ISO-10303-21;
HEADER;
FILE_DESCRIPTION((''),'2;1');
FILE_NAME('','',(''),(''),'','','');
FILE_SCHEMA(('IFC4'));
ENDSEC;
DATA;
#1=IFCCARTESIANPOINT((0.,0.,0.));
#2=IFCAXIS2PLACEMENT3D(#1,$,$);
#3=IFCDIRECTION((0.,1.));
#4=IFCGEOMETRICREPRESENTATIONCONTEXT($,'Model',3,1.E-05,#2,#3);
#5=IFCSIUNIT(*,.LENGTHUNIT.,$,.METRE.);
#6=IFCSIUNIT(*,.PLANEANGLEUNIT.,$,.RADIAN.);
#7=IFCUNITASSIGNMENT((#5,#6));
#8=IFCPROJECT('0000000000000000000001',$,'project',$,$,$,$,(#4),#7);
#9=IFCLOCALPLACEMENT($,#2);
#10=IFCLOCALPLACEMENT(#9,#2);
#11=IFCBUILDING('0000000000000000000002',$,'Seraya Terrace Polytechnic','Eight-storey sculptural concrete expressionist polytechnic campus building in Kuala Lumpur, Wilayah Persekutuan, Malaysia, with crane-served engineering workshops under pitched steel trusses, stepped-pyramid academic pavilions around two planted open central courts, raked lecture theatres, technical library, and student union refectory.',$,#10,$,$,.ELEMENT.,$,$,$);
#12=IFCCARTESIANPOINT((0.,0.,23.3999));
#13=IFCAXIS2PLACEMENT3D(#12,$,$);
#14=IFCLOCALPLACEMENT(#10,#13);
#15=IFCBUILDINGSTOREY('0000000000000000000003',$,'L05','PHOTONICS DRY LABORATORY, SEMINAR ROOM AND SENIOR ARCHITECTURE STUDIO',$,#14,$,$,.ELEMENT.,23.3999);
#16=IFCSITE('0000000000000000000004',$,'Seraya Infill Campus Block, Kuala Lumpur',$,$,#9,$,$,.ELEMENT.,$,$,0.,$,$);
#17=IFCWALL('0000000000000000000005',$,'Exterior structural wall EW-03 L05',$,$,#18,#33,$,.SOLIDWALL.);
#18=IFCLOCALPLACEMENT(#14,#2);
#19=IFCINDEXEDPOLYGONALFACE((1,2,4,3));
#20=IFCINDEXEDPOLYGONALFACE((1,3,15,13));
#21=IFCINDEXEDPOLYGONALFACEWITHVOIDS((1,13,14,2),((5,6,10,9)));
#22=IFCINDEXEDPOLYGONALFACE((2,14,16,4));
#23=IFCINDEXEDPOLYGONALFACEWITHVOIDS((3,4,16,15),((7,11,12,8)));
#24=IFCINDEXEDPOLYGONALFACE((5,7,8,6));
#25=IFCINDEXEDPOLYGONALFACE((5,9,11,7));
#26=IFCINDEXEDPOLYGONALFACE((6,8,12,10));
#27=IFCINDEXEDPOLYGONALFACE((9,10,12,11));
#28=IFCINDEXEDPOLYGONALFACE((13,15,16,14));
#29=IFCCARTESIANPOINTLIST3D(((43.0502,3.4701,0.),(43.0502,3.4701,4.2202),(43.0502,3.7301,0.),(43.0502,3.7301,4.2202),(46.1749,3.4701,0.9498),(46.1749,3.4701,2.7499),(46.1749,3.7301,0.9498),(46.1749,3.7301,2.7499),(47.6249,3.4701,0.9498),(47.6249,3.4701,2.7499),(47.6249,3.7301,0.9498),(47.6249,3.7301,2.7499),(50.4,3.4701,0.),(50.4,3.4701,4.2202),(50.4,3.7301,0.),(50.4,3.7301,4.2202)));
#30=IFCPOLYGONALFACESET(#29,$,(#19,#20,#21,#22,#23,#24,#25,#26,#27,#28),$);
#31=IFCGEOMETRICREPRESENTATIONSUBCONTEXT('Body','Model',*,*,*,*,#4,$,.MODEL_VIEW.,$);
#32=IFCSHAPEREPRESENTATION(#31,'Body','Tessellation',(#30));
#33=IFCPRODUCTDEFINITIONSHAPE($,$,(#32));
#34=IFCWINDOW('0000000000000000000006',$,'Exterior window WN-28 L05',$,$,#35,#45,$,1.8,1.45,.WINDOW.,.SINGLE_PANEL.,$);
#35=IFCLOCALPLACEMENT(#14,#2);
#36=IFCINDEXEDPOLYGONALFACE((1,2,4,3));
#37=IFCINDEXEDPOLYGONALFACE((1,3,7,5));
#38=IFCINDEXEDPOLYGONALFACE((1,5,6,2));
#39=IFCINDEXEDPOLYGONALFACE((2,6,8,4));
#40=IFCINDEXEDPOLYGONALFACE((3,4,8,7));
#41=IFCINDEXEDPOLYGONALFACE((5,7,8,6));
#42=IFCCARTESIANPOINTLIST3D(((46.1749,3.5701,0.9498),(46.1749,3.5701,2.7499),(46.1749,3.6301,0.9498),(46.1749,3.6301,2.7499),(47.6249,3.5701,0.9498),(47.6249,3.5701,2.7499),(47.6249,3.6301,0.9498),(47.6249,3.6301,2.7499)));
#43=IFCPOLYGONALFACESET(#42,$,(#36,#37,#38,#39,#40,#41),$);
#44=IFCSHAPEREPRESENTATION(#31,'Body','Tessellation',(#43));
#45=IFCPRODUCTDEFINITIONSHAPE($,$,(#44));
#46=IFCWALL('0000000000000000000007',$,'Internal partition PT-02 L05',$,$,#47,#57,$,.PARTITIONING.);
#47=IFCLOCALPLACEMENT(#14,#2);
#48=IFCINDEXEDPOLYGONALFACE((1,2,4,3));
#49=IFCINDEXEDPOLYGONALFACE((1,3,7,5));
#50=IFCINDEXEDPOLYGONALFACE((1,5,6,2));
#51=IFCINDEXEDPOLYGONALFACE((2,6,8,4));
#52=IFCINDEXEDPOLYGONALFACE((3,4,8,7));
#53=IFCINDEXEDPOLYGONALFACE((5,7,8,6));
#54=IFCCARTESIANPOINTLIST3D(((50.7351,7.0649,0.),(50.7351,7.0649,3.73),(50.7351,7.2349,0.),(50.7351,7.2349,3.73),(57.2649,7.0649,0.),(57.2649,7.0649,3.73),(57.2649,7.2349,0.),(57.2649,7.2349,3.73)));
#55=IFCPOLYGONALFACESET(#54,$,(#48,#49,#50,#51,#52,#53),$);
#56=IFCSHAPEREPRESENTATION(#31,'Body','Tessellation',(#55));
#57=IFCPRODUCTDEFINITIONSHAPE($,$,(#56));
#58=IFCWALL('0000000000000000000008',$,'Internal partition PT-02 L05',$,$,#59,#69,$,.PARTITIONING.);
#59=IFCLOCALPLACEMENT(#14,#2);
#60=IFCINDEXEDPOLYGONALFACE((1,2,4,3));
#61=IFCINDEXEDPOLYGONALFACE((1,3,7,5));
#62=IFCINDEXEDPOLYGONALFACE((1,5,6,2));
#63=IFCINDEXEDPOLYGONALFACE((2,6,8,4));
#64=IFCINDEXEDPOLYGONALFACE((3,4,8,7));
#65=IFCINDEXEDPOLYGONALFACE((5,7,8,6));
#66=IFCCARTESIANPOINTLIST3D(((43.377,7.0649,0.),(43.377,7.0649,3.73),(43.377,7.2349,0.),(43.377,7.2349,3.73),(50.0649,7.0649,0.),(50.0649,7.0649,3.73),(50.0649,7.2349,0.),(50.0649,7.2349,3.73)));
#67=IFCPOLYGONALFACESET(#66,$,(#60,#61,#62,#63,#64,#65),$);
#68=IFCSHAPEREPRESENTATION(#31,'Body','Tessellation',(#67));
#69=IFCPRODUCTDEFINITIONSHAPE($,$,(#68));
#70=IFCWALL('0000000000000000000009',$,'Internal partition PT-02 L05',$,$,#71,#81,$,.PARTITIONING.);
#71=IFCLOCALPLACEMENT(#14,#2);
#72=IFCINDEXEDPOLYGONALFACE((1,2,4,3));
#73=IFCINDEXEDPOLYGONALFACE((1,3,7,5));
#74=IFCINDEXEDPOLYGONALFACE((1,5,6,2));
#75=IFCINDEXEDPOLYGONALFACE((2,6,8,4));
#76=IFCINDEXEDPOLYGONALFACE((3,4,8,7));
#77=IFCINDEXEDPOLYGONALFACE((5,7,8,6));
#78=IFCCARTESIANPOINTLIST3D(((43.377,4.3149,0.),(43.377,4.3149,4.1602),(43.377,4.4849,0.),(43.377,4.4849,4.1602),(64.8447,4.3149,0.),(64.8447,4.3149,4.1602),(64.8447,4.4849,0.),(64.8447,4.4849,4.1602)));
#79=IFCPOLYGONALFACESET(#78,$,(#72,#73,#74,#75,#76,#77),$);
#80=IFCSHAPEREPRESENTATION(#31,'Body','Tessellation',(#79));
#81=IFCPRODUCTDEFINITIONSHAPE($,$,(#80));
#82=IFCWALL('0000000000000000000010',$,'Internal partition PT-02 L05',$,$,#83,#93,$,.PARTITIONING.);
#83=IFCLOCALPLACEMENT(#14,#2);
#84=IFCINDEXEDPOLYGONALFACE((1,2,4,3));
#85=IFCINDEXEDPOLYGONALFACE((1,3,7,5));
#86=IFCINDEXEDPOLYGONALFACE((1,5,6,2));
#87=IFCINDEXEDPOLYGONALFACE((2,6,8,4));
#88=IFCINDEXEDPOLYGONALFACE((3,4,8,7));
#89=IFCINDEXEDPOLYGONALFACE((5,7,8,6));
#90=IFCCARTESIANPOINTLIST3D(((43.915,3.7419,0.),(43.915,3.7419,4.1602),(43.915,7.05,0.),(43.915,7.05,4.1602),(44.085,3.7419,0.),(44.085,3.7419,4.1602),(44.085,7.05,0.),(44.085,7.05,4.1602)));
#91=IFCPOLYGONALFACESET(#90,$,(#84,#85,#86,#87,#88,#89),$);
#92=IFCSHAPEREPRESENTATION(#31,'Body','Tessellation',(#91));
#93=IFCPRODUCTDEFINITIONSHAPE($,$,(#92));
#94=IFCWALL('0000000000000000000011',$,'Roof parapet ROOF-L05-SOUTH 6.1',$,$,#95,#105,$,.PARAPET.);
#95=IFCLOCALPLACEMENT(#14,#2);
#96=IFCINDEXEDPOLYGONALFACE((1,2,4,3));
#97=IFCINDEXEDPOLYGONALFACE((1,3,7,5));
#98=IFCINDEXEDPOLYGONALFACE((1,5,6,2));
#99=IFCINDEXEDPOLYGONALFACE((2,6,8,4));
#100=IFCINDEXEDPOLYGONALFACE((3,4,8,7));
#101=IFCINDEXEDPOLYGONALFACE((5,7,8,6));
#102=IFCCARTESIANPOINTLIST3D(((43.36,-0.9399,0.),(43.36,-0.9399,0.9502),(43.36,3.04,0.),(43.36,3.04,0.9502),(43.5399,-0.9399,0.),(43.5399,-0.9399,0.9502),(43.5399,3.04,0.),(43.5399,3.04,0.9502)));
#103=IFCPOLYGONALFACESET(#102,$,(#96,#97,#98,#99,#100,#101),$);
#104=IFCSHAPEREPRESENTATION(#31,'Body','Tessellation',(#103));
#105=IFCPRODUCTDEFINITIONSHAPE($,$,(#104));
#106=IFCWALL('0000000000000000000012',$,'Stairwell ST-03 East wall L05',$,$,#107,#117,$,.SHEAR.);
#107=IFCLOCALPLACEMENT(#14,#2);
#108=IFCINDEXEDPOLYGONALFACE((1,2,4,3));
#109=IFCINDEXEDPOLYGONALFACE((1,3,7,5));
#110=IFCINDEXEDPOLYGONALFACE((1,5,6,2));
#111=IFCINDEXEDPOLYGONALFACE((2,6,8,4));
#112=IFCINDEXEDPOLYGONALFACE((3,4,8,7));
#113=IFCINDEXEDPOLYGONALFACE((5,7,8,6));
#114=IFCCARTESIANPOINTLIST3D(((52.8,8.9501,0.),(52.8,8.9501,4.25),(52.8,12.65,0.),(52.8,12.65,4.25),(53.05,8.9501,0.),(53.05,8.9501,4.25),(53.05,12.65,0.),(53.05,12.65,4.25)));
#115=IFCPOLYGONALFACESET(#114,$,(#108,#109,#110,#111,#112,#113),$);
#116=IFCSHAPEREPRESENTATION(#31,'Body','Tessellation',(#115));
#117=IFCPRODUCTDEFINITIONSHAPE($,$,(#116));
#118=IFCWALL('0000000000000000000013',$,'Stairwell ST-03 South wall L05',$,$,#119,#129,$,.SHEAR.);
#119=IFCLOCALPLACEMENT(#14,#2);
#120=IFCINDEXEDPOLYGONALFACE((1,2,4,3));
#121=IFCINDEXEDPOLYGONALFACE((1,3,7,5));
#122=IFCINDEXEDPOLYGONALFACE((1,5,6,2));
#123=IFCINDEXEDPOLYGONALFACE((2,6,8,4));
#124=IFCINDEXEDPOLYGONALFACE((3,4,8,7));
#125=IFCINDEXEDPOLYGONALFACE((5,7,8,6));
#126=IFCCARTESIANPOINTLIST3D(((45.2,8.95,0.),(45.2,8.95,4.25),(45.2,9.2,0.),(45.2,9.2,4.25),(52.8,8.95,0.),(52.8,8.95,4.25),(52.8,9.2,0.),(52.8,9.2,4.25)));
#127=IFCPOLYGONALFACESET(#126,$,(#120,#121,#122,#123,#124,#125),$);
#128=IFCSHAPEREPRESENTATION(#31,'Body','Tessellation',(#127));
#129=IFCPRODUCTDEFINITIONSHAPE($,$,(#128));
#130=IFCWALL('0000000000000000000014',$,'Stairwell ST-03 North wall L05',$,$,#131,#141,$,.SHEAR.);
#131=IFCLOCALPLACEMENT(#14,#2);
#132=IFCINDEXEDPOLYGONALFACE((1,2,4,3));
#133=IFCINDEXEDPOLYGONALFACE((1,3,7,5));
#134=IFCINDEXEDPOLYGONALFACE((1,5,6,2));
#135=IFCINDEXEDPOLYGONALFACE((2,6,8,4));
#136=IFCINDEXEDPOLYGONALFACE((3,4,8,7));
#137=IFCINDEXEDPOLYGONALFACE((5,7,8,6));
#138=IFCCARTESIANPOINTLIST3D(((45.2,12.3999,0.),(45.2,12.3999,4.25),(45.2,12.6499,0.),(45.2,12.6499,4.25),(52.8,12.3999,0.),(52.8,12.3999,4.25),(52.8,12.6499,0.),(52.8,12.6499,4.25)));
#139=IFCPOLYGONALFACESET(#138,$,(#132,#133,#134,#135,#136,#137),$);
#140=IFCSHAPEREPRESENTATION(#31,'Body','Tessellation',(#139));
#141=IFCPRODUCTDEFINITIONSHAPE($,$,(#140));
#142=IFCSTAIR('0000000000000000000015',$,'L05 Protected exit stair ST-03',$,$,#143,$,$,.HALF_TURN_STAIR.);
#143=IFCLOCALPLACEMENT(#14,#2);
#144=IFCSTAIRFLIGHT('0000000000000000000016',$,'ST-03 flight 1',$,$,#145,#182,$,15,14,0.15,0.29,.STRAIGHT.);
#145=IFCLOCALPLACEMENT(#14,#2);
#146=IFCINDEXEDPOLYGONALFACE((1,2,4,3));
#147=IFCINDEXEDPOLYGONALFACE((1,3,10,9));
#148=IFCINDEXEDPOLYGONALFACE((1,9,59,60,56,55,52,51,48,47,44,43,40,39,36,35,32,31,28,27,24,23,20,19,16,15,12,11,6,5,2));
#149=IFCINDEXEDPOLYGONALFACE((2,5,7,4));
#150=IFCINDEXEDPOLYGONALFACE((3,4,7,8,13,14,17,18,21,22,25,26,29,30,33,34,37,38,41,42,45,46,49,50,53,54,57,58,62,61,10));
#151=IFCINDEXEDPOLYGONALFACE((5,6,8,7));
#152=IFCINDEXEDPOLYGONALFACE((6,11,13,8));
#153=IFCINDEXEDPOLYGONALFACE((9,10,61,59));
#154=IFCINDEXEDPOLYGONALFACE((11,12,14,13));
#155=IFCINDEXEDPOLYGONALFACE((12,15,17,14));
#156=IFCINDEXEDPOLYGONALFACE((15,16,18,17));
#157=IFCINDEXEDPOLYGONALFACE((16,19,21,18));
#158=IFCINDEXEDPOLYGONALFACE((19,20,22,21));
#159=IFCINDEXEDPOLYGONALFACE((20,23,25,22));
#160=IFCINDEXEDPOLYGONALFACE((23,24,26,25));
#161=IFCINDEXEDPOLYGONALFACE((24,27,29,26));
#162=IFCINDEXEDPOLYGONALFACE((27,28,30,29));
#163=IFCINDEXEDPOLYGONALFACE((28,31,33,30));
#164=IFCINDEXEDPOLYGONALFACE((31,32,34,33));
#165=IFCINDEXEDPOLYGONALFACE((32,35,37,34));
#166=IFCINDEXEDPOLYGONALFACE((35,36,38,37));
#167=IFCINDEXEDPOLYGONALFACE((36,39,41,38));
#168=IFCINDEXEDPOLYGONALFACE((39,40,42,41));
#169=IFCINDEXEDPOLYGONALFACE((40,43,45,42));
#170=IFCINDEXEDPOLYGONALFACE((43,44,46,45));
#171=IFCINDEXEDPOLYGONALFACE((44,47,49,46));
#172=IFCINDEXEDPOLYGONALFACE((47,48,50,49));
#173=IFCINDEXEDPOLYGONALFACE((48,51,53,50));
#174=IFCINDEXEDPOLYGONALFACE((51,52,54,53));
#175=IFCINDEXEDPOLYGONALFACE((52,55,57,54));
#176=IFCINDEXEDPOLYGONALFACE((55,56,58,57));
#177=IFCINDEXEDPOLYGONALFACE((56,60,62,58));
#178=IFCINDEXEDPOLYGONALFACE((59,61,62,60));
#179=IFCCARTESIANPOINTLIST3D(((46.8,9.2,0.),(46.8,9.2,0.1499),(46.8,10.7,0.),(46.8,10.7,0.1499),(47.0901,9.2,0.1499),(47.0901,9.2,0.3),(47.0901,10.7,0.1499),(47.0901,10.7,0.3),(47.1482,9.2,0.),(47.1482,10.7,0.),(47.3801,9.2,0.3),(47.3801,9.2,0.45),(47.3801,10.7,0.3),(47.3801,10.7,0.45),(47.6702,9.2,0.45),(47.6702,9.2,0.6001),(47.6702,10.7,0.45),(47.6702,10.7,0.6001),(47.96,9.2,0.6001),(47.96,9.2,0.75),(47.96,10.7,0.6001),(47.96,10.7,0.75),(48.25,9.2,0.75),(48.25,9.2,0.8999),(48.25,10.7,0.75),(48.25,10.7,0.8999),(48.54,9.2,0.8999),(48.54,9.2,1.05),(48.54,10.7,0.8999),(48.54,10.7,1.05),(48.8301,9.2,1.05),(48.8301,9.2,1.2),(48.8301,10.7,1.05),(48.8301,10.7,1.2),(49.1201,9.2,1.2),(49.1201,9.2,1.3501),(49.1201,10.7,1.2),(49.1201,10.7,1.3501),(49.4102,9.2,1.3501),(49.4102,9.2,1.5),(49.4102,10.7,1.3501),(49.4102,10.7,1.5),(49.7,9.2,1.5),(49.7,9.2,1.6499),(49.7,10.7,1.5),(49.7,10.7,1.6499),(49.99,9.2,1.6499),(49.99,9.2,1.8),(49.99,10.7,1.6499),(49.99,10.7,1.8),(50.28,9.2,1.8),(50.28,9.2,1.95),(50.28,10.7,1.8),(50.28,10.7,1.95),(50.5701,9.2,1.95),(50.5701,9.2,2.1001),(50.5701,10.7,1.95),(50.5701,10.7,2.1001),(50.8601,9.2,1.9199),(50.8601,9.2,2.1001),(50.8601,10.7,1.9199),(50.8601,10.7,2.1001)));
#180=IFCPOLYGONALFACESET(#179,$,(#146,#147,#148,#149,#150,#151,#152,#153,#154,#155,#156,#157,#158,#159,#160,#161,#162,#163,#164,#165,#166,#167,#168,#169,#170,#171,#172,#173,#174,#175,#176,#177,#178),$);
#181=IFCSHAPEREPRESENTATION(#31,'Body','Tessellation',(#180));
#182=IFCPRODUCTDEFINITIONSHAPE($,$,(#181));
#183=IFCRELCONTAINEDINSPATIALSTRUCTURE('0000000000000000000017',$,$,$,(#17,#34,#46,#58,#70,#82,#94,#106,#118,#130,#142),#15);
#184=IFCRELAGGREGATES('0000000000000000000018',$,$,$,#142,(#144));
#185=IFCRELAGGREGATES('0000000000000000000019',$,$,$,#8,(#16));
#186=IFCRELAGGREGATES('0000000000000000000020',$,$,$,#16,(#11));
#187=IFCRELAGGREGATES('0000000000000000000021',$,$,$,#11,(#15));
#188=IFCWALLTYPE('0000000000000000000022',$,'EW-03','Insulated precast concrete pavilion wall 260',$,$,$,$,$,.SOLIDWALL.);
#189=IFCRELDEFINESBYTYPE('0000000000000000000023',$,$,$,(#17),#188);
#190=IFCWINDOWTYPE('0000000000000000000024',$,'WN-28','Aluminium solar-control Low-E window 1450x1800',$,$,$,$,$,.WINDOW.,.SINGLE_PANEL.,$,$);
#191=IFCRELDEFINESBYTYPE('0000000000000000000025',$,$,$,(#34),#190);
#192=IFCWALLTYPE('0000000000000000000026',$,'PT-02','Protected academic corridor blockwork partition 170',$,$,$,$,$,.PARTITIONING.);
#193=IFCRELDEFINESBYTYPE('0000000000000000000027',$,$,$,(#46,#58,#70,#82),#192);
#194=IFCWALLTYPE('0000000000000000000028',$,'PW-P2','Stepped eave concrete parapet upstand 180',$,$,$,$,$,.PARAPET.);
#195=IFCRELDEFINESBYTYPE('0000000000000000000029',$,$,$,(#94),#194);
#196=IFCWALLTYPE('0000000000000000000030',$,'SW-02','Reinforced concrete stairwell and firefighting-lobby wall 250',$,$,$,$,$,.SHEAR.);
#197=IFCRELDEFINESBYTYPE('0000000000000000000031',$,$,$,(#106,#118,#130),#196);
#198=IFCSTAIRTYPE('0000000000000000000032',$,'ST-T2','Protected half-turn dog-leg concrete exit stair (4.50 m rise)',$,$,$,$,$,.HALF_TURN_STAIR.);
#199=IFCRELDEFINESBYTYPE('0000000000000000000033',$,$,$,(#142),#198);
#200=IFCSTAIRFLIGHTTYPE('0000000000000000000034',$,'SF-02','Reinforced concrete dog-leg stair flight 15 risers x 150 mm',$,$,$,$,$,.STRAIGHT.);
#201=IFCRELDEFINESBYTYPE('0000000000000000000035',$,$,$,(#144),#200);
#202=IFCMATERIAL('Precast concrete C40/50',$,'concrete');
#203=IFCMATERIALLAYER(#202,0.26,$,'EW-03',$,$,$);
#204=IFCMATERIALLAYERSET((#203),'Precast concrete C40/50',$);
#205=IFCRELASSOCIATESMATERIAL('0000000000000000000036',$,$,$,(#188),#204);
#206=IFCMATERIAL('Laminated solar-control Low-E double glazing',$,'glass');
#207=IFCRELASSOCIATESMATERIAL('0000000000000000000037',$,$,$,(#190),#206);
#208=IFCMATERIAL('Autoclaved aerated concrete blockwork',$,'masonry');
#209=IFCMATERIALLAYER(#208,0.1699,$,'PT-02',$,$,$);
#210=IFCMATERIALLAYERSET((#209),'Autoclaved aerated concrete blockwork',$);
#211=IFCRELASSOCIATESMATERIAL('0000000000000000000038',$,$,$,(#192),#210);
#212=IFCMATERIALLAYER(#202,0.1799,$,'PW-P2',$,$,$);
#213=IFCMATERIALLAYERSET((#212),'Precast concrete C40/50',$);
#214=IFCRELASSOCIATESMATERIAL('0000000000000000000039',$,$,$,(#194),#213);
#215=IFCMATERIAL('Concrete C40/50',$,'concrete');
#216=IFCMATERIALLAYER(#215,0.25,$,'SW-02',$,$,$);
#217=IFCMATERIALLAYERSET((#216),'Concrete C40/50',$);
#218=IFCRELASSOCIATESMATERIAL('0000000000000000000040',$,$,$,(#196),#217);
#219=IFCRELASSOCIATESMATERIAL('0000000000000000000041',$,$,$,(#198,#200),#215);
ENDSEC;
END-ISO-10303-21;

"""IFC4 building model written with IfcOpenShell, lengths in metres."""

from ifc_helpers import new_model, si_unit, direction, frame, frame_2d, origin, place, context, subcontext, project, spatial, polyline, rectangle, outline, extrude, material, layer, layer_set, type_object, element, fill, aggregate, save


model = new_model("IFC4")

# Units and contexts
model_context = context("Model", 3, precision=1e-05, world=origin(), true_north=direction((0.0, 1.0)))
body_context = subcontext(model_context, "Body", "Model", "MODEL_VIEW")
ifc_project = project(units=[si_unit("LENGTHUNIT", "METRE"), si_unit("PLANEANGLEUNIT", "RADIAN")], contexts=[model_context])

# Site, building, storey
site_placement = place(None, origin())
site = spatial("IfcSite", under=ifc_project, at=site_placement, Name="Seraya Infill Campus Block, Kuala Lumpur", CompositionType="ELEMENT", RefElevation=0.0)
building_placement = place(site_placement, origin())
building = spatial("IfcBuilding", under=site, at=building_placement, Name="Seraya Terrace Polytechnic", Description="Eight-storey sculptural concrete expressionist polytechnic campus building in Kuala Lumpur, Wilayah Persekutuan, Malaysia, with crane-served engineering workshops under pitched steel trusses, stepped-pyramid academic pavilions around two planted open central courts, raked lecture theatres, technical library, and student union refectory.", CompositionType="ELEMENT")
storey_placement = place(building_placement, frame((0.0, 0.0, 23.3999)))
storey = spatial("IfcBuildingStorey", under=building, at=storey_placement, Name="L05", Description="PHOTONICS DRY LABORATORY, SEMINAR ROOM AND SENIOR ARCHITECTURE STUDIO", CompositionType="ELEMENT", Elevation=23.3999)

# Shared definitions
ifc_material_1 = material(Name="Concrete C40/50", Category="concrete")

# Wall, opening, window
ifc_material_2 = material(Name="Precast concrete C40/50", Category="concrete")
ifc_layer_1 = layer(ifc_material_2, 0.26, Name="EW-03")
ifc_layer_set_1 = layer_set([ifc_layer_1], Name="Precast concrete C40/50")
wall_type_1 = type_object("IfcWallType", Name="EW-03", Description="Insulated precast concrete pavilion wall 260", PredefinedType="SOLIDWALL", material=ifc_layer_set_1)
ifc_material_3 = material(Name="Laminated solar-control Low-E double glazing", Category="glass")
wall_1_placement = place(storey_placement, frame((50.3999, 3.6001, 0.0), z_axis=(0.0, 0.0, 1.0), x_axis=(-1.0, 0.0, 0.0)))
wall_1 = element("IfcWall", 1, at=wall_1_placement, inside=storey, type_object=wall_type_1, Name="Exterior structural wall EW-03 L05", PredefinedType="SOLIDWALL", context=body_context, shape_type="SweptSolid", body=[
    extrude(rectangle(XDim=7.3499, YDim=0.26, at=frame_2d((3.6748, 0.0))), origin(), (0.0, 0.0, 1.0), 4.2202),
])
opening_1_placement = place(wall_1_placement, frame((2.7749, 0.0, 0.95)))
opening_1 = element("IfcOpeningElement", 2, at=opening_1_placement, cuts=wall_1, PredefinedType="OPENING", context=body_context, shape_type="SweptSolid", body=[
    extrude(rectangle(XDim=1.45, YDim=1.8, at=frame_2d((0.7251, 0.8999))), frame((0.0, 0.1421, 0.0), z_axis=(0.0, -1.0, 0.0), x_axis=(1.0, 0.0, 0.0)), (0.0, 0.0, 1.0), 0.2839),
])
window_type_1 = type_object("IfcWindowType", Name="WN-28", Description="Aluminium solar-control Low-E window 1450x1800", PartitioningType="SINGLE_PANEL", PredefinedType="WINDOW", material=ifc_material_3)
window_1_placement = place(opening_1_placement, origin())
window_1 = element("IfcWindow", 3, at=window_1_placement, inside=storey, type_object=window_type_1, Name="Exterior window WN-28 L05", OverallHeight=1.8, OverallWidth=1.45, PartitioningType="SINGLE_PANEL", PredefinedType="WINDOW", context=body_context, shape_type="SweptSolid", body=[
    extrude(rectangle(XDim=1.45, YDim=1.8, at=frame_2d((0.7251, 0.8999))), frame((0.0, 0.03, 0.0), z_axis=(0.0, -1.0, 0.0), x_axis=(1.0, 0.0, 0.0)), (0.0, 0.0, 1.0), 0.0601),
])
fill(opening_1, window_1)

# Walls
ifc_material_4 = material(Name="Autoclaved aerated concrete blockwork", Category="masonry")
ifc_layer_2 = layer(ifc_material_4, 0.1699, Name="PT-02")
ifc_layer_set_2 = layer_set([ifc_layer_2], Name="Autoclaved aerated concrete blockwork")
wall_type_2 = type_object("IfcWallType", Name="PT-02", Description="Protected academic corridor blockwork partition 170", PredefinedType="PARTITIONING", material=ifc_layer_set_2)
wall_2_placement = place(storey_placement, frame((50.7351, 7.1499, 0.0), z_axis=(0.0, 0.0, 1.0), x_axis=(1.0, 0.0, 0.0)))
element("IfcWall", 4, at=wall_2_placement, inside=storey, type_object=wall_type_2, Name="Internal partition PT-02 L05", PredefinedType="PARTITIONING", context=body_context, shape_type="SweptSolid", body=[
    extrude(rectangle(XDim=6.5298, YDim=0.1699, at=frame_2d((3.2649, 0.0))), origin(), (0.0, 0.0, 1.0), 3.73),
])
wall_3_placement = place(storey_placement, frame((43.377, 7.1499, 0.0), z_axis=(0.0, 0.0, 1.0), x_axis=(1.0, 0.0, 0.0)))
element("IfcWall", 5, at=wall_3_placement, inside=storey, type_object=wall_type_2, Name="Internal partition PT-02 L05", PredefinedType="PARTITIONING", context=body_context, shape_type="SweptSolid", body=[
    extrude(rectangle(XDim=6.688, YDim=0.1699, at=frame_2d((3.344, 0.0))), origin(), (0.0, 0.0, 1.0), 3.73),
])
wall_4_placement = place(storey_placement, frame((43.377, 4.3999, 0.0), z_axis=(0.0, 0.0, 1.0), x_axis=(1.0, 0.0, 0.0)))
element("IfcWall", 6, at=wall_4_placement, inside=storey, type_object=wall_type_2, Name="Internal partition PT-02 L05", PredefinedType="PARTITIONING", context=body_context, shape_type="SweptSolid", body=[
    extrude(rectangle(XDim=21.4678, YDim=0.1699, at=frame_2d((10.7339, 0.0))), origin(), (0.0, 0.0, 1.0), 4.1602),
])
wall_5_placement = place(storey_placement, frame((44.0, 3.7419, 0.0), z_axis=(0.0, 0.0, 1.0), x_axis=(0.0, 1.0, 0.0)))
element("IfcWall", 7, at=wall_5_placement, inside=storey, type_object=wall_type_2, Name="Internal partition PT-02 L05", PredefinedType="PARTITIONING", context=body_context, shape_type="SweptSolid", body=[
    extrude(rectangle(XDim=3.3081, YDim=0.1699, at=frame_2d((1.6541, 0.0))), origin(), (0.0, 0.0, 1.0), 4.1602),
])
ifc_layer_3 = layer(ifc_material_2, 0.1799, Name="PW-P2")
ifc_layer_set_3 = layer_set([ifc_layer_3], Name="Precast concrete C40/50")
wall_type_3 = type_object("IfcWallType", Name="PW-P2", Description="Stepped eave concrete parapet upstand 180", PredefinedType="PARAPET", material=ifc_layer_set_3)
wall_6_placement = place(storey_placement, frame((43.45, -0.9399, 0.0), z_axis=(0.0, 0.0, 1.0), x_axis=(0.0, 1.0, 0.0)))
element("IfcWall", 8, at=wall_6_placement, inside=storey, type_object=wall_type_3, Name="Roof parapet ROOF-L05-SOUTH 6.1", PredefinedType="PARAPET", context=body_context, shape_type="SweptSolid", body=[
    extrude(rectangle(XDim=3.98, YDim=0.1799, at=frame_2d((1.99, 0.0))), origin(), (0.0, 0.0, 1.0), 0.9502),
])

# Shared definitions
ifc_layer_4 = layer(ifc_material_1, 0.25, Name="SW-02")
ifc_layer_set_4 = layer_set([ifc_layer_4], Name="Concrete C40/50")
wall_type_4 = type_object("IfcWallType", Name="SW-02", Description="Reinforced concrete stairwell and firefighting-lobby wall 250", PredefinedType="SHEAR", material=ifc_layer_set_4)

# Walls
wall_7_placement = place(storey_placement, frame((52.925, 8.95, 0.0), z_axis=(0.0, 0.0, 1.0), x_axis=(0.0, 1.0, 0.0)))
element("IfcWall", 9, at=wall_7_placement, inside=storey, type_object=wall_type_4, Name="Stairwell ST-03 East wall L05", PredefinedType="SHEAR", context=body_context, shape_type="SweptSolid", body=[
    extrude(rectangle(XDim=3.7, YDim=0.25, at=frame_2d((1.8501, 0.0))), origin(), (0.0, 0.0, 1.0), 4.25),
])
for number, where, z_axis, x_axis, name in (
    (10, (45.2, 9.075, 0.0), (0.0, 0.0, 1.0), (1.0, 0.0, 0.0), "Stairwell ST-03 South wall L05"),
    (11, (45.2, 12.5249, 0.0), (0.0, 0.0, 1.0), (1.0, 0.0, 0.0), "Stairwell ST-03 North wall L05"),
):
    element("IfcWall", number, at=place(storey_placement, frame(where, z_axis=z_axis, x_axis=x_axis)), inside=storey, type_object=wall_type_4, Name=name, PredefinedType="SHEAR", context=body_context, shape_type="SweptSolid", body=[
        extrude(rectangle(XDim=7.6001, YDim=0.25, at=frame_2d((3.8, 0.0))), origin(), (0.0, 0.0, 1.0), 4.25),
    ])

# Stair, stair flight
stair_type = type_object("IfcStairType", Name="ST-T2", Description="Protected half-turn dog-leg concrete exit stair (4.50 m rise)", PredefinedType="HALF_TURN_STAIR", material=ifc_material_1)
stair_placement = place(storey_placement, origin())
stair = element("IfcStair", 12, at=stair_placement, inside=storey, type_object=stair_type, Name="L05 Protected exit stair ST-03", PredefinedType="HALF_TURN_STAIR")
stair_flight_type = type_object("IfcStairFlightType", Name="SF-02", Description="Reinforced concrete dog-leg stair flight 15 risers x 150 mm", PredefinedType="STRAIGHT", material=ifc_material_1)
stair_flight_1_placement = place(storey_placement, frame((46.8, 9.95, 0.0), z_axis=(0.0, 0.0, 1.0), x_axis=(1.0, 0.0, 0.0)))
stair_flight_1 = element("IfcStairFlight", 13, at=stair_flight_1_placement, type_object=stair_flight_type, Name="ST-03 flight 1", NumberOfRisers=15, NumberOfTreads=14, PredefinedType="STRAIGHT", RiserHeight=0.15, TreadLength=0.29, context=body_context, shape_type="SweptSolid", body=[
    extrude(outline(polyline([(0.0, 0.0), (0.0, 0.1499), (0.29, 0.1499), (0.29, 0.3), (0.5801, 0.3), (0.5801, 0.45), (0.8701, 0.45), (0.8701, 0.6001), (1.1599, 0.6001), (1.1599, 0.75), (1.45, 0.75), (1.45, 0.8999), (1.74, 0.8999), (1.74, 1.05), (2.03, 1.05), (2.03, 1.2), (2.3201, 1.2), (2.3201, 1.3501), (2.6101, 1.3501), (2.6101, 1.5), (2.8999, 1.5), (2.8999, 1.6499), (3.1899, 1.6499), (3.1899, 1.8), (3.48, 1.8), (3.48, 1.95), (3.77, 1.95), (3.77, 2.1001), (4.0601, 2.1001), (4.0601, 2.25), (4.0601, 1.9199), (0.3481, 0.0), (0.0, 0.0)])), frame((0.0, 0.75, 0.0), z_axis=(0.0, -1.0, 0.0), x_axis=(1.0, 0.0, 0.0)), (0.0, 0.0, 1.0), 1.5),
])
aggregate(stair, [stair_flight_1])

save(model, "model.ifc")
